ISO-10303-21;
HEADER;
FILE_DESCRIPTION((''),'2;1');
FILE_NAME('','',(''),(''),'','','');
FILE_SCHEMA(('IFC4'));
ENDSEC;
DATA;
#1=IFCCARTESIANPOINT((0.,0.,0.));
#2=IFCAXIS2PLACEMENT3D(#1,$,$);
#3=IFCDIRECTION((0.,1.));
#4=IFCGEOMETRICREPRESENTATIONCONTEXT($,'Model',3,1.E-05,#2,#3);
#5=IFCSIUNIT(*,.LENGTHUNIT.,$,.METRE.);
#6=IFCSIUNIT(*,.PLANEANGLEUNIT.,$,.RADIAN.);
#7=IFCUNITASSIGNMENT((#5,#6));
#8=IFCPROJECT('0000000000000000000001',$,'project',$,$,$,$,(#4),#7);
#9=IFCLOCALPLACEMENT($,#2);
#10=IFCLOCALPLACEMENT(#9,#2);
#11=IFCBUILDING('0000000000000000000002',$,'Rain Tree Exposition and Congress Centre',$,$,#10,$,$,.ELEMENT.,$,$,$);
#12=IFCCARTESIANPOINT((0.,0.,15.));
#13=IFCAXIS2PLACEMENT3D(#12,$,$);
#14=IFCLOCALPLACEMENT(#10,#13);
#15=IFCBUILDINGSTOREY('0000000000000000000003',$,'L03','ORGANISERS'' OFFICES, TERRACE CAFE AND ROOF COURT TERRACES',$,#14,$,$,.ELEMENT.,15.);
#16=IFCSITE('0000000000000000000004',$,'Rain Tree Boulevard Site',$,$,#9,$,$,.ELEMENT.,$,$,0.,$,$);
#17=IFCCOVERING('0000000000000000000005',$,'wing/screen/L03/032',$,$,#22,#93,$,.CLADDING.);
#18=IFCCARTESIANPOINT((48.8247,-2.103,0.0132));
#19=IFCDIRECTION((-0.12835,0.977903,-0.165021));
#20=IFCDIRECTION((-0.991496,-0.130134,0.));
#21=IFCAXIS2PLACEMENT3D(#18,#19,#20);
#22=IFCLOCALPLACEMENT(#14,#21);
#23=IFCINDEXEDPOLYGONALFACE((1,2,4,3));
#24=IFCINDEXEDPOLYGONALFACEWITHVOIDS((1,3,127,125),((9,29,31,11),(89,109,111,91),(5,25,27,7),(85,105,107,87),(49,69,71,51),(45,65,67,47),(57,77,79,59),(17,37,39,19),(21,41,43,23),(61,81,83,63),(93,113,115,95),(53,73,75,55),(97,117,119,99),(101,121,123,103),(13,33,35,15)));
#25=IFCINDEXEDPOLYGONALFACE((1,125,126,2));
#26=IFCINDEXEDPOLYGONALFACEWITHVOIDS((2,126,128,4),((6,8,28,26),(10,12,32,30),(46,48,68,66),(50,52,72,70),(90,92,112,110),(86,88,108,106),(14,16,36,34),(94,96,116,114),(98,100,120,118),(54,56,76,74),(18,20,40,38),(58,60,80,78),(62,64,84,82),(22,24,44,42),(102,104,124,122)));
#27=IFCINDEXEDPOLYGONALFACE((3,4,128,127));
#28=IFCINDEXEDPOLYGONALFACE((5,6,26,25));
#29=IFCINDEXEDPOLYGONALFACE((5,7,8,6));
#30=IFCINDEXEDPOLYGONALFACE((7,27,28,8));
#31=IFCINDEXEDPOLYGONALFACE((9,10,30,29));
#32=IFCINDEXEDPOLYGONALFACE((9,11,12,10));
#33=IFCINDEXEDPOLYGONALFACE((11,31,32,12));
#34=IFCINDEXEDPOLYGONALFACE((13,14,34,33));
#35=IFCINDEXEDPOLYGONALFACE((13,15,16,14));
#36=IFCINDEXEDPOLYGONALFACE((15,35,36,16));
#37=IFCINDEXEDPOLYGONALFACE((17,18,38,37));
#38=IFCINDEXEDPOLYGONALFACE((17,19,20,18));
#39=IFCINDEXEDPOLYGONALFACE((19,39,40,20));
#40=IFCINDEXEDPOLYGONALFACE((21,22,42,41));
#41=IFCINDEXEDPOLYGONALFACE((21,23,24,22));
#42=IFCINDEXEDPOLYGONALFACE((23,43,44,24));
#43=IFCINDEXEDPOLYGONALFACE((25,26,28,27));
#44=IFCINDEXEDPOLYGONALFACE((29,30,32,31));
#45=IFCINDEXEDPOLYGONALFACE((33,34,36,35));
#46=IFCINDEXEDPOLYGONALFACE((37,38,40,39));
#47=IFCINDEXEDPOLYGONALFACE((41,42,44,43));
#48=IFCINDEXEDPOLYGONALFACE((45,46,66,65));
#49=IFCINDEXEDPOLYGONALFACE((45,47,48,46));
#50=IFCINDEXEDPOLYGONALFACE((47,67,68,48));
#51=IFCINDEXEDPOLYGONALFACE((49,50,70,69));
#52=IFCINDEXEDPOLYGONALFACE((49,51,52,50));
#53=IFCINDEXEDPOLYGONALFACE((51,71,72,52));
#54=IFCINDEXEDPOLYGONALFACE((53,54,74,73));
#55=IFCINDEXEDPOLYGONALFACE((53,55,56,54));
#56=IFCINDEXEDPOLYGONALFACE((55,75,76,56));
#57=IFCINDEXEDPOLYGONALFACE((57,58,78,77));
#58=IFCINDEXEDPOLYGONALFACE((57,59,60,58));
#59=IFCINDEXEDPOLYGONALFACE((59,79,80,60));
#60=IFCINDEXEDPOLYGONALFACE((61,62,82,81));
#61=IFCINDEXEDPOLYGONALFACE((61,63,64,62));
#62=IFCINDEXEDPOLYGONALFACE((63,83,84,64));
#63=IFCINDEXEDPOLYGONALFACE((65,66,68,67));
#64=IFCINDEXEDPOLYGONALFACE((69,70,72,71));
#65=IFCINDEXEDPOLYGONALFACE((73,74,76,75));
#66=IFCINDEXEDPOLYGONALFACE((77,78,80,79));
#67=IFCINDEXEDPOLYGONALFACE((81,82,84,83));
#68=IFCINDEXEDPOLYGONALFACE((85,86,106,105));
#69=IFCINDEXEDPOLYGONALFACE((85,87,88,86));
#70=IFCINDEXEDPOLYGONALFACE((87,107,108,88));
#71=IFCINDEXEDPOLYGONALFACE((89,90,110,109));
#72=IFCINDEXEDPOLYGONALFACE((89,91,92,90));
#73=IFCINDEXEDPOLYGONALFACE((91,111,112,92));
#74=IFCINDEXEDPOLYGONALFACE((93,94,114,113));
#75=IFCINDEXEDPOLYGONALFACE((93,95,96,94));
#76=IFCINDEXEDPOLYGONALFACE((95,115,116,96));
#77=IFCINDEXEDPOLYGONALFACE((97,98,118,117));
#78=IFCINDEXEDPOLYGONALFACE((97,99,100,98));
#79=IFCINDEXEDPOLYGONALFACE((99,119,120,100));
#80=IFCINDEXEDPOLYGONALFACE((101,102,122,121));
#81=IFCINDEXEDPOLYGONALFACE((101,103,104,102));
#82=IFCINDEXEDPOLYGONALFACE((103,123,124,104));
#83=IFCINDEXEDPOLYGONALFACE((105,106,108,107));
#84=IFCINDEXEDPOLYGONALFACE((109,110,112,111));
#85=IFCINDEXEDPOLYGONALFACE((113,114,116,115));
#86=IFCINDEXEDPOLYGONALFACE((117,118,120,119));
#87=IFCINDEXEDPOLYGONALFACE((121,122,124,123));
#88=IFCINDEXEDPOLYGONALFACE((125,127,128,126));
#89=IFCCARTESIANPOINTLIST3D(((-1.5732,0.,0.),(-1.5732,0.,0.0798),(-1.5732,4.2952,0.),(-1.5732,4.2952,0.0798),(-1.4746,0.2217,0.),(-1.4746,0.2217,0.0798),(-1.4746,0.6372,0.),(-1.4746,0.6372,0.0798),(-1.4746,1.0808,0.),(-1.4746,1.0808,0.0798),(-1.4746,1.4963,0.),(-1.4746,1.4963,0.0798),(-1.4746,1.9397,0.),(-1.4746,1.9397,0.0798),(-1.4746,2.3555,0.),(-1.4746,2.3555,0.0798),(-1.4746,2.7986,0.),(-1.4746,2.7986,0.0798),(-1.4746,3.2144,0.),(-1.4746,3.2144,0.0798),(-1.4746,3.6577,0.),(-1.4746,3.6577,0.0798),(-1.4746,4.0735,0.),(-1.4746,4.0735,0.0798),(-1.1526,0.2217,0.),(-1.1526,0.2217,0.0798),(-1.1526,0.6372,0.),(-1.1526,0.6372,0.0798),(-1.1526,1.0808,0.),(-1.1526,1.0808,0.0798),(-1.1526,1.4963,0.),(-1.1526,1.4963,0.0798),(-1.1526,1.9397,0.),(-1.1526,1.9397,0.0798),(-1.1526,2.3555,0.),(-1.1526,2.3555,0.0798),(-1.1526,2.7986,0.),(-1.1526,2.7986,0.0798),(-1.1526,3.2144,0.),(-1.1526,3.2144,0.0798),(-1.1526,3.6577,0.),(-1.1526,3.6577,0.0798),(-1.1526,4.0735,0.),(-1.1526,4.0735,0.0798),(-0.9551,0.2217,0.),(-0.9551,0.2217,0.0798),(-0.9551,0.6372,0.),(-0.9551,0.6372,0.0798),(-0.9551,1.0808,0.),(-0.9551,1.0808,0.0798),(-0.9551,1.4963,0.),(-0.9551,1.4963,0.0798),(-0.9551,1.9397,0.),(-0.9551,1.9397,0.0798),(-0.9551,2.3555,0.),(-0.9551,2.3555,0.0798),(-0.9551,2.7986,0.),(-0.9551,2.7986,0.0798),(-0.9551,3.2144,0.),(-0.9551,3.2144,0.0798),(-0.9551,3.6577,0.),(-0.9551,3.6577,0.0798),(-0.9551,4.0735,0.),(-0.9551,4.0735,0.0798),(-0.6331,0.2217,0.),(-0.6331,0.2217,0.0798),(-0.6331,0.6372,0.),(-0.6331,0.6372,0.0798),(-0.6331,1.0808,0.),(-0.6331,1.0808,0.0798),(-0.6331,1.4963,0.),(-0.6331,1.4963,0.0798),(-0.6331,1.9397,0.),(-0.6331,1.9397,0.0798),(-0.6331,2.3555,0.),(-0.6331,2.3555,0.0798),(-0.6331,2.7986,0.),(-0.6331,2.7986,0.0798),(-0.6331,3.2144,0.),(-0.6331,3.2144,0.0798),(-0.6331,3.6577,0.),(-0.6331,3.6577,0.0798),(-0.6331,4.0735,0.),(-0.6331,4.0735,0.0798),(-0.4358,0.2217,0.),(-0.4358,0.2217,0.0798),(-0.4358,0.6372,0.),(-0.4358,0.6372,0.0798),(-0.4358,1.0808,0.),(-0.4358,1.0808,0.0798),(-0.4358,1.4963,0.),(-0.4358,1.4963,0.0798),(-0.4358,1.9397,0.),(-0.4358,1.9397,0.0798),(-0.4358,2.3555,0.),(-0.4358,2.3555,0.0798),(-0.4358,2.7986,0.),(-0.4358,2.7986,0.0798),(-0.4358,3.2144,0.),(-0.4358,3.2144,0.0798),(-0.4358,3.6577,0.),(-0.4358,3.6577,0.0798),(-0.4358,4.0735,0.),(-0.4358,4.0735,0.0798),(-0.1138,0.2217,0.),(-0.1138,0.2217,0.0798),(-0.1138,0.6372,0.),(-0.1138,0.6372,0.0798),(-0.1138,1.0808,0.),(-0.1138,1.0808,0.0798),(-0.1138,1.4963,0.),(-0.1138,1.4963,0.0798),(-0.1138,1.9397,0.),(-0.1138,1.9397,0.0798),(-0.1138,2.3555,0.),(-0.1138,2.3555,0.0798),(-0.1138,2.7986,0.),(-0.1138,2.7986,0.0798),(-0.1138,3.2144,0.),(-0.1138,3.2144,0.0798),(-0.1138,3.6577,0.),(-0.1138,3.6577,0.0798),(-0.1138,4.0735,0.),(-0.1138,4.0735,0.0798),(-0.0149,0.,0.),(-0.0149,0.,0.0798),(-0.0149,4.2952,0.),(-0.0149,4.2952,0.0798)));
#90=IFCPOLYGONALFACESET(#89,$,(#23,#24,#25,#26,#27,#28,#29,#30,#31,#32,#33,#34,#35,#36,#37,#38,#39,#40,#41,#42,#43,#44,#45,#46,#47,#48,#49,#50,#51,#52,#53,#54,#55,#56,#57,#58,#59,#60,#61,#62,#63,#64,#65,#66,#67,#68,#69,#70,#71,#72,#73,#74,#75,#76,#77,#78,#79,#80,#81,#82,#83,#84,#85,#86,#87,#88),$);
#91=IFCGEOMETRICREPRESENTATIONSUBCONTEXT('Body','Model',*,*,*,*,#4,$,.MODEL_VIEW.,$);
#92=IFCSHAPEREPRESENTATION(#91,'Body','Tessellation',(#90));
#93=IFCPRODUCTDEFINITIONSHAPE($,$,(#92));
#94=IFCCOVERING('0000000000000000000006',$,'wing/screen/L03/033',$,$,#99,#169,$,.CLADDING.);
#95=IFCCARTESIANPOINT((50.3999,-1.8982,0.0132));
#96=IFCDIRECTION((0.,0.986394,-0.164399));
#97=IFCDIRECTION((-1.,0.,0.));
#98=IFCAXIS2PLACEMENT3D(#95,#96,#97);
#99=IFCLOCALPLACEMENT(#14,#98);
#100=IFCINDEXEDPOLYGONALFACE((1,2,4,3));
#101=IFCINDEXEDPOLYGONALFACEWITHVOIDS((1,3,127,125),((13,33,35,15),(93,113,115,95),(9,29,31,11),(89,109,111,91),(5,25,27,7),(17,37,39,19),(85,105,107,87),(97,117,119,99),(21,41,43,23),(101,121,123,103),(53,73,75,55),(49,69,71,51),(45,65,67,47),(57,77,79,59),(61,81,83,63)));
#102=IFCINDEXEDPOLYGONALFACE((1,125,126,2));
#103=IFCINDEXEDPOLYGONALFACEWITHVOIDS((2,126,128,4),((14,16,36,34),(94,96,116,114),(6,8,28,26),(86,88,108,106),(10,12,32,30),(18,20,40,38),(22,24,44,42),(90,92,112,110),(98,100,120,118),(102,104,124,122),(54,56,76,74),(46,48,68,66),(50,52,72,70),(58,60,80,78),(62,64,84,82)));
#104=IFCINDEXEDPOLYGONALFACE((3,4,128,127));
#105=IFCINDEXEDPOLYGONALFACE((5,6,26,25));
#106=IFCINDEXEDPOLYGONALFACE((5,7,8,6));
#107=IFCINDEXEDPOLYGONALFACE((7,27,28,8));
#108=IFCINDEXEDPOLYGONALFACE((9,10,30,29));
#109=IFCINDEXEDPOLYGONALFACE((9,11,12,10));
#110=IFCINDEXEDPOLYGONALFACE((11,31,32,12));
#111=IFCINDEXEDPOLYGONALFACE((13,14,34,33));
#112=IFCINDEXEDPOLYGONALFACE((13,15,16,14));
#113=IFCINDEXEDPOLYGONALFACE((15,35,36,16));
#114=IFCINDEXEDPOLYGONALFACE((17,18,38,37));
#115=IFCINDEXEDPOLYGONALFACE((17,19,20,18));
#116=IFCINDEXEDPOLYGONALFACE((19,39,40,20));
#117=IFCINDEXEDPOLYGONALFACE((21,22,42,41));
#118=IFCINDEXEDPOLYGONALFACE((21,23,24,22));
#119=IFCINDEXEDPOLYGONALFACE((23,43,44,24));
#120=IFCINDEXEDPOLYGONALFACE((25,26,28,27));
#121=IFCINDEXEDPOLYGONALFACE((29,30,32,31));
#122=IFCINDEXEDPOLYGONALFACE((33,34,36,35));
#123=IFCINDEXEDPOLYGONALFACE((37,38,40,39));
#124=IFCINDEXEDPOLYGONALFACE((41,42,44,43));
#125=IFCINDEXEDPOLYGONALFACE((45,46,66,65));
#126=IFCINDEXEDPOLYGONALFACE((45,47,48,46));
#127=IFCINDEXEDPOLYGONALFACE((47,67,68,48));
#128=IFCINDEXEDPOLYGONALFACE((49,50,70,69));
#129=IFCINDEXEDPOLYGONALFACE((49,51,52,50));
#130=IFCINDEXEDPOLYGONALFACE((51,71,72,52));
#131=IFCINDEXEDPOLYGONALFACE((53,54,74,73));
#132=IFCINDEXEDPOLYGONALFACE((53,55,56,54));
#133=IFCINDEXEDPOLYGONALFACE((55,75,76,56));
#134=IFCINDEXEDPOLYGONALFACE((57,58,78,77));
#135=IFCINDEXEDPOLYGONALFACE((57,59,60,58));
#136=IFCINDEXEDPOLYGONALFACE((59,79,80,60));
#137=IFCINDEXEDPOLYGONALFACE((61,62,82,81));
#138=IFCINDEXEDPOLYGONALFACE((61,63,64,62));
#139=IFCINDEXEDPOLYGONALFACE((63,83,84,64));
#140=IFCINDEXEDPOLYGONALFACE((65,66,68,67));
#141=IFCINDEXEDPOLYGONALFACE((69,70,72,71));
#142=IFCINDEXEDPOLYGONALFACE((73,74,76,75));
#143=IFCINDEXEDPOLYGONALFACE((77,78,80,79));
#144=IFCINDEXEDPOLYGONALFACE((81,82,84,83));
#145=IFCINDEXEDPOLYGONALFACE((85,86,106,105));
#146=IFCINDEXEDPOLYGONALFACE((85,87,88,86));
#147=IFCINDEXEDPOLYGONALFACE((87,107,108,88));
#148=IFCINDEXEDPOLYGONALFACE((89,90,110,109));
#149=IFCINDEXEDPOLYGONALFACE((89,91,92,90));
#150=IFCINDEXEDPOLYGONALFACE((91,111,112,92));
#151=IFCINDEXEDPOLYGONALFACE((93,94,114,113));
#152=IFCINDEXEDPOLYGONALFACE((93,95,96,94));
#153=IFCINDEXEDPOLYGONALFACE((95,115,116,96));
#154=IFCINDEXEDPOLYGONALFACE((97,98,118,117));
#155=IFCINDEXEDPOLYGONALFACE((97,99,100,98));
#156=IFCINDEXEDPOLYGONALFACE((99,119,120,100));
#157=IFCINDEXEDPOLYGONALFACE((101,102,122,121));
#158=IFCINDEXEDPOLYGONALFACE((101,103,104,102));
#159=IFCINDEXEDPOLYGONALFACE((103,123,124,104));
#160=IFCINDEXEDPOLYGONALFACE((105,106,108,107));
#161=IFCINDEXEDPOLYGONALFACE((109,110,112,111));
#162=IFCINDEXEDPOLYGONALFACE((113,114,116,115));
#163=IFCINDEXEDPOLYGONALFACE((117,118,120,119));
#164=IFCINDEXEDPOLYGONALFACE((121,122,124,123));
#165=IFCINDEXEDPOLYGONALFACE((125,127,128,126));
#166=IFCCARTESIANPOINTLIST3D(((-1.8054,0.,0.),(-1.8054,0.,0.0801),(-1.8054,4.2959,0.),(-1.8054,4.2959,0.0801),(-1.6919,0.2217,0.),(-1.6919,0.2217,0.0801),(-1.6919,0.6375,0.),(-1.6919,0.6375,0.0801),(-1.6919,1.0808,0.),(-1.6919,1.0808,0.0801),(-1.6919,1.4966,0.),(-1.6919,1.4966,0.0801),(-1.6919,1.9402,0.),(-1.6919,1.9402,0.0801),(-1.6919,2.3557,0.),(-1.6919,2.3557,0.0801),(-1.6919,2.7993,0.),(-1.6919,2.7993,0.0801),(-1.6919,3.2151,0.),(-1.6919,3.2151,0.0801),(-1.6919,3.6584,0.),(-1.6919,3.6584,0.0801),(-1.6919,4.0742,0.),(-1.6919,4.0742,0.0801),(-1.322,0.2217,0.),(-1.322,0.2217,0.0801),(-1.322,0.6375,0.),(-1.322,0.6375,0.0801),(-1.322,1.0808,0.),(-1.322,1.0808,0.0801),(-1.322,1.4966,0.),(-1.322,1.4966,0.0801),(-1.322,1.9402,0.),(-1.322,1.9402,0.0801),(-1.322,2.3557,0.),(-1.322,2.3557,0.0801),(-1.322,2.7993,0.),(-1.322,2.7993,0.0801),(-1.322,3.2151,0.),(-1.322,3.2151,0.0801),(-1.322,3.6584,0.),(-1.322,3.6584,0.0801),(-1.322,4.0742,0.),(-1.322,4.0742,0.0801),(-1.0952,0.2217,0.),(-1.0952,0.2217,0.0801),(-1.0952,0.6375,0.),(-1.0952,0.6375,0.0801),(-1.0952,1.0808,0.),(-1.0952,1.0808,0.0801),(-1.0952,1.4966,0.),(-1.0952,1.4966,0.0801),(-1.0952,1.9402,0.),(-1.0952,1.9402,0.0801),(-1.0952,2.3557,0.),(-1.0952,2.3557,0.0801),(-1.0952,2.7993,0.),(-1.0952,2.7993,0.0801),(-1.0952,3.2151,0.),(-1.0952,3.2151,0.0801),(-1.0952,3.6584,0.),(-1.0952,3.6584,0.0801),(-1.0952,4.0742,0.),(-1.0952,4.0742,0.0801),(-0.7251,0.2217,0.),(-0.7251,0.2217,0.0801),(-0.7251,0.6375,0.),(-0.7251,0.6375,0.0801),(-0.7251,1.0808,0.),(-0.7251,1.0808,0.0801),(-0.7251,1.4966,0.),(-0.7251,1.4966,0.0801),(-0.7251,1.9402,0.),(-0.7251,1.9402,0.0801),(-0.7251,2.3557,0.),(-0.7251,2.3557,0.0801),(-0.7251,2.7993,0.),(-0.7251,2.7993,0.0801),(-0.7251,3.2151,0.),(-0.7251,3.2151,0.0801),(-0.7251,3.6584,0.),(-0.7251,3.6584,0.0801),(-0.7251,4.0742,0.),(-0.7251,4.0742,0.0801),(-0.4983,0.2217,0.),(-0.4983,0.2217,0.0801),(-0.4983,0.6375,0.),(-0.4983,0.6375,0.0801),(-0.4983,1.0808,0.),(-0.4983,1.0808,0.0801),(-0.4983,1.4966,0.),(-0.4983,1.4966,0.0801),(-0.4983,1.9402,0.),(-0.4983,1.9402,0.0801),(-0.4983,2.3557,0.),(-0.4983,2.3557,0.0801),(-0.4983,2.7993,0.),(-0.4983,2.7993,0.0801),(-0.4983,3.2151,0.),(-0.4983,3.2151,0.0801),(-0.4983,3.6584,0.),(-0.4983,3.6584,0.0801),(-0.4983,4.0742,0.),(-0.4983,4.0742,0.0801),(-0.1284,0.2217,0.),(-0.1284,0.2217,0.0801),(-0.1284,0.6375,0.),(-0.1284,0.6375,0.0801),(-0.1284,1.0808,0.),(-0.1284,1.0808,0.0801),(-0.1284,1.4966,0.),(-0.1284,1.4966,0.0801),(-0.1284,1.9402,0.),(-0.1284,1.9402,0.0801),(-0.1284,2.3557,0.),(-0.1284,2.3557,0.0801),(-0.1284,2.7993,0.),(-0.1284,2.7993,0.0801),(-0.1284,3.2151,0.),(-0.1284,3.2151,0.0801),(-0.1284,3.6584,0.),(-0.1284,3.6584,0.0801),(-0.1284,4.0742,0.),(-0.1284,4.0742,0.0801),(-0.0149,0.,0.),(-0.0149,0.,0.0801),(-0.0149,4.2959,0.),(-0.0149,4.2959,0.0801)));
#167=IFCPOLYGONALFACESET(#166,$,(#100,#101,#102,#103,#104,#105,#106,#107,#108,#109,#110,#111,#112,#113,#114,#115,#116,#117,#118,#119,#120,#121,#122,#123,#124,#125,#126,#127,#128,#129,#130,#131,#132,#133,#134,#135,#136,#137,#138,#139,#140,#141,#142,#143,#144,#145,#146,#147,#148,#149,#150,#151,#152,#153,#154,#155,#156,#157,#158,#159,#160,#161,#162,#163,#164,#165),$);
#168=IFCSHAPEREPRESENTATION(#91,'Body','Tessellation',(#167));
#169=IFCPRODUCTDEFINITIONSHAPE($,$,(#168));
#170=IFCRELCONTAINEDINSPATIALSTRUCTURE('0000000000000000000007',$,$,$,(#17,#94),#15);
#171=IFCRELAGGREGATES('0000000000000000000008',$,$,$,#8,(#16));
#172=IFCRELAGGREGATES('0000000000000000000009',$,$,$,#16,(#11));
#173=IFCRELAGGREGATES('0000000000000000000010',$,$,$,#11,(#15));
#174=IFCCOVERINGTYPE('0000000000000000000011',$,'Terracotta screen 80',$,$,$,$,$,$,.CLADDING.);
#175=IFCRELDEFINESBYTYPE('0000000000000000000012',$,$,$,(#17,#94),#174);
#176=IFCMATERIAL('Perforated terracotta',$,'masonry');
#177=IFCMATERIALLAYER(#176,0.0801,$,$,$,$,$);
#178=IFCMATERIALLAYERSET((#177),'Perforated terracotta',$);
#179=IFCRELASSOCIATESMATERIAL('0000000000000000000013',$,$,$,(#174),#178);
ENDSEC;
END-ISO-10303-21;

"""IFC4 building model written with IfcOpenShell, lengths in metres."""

from ifc_helpers import new_model, si_unit, direction, frame, origin, place, context, subcontext, project, spatial, polyline, outline, extrude, material, layer, layer_set, type_object, element, save


model = new_model("IFC4")

# Units and contexts
model_context = context("Model", 3, precision=1e-05, world=origin(), true_north=direction((0.0, 1.0)))
body_context = subcontext(model_context, "Body", "Model", "MODEL_VIEW")
ifc_project = project(units=[si_unit("LENGTHUNIT", "METRE"), si_unit("PLANEANGLEUNIT", "RADIAN")], contexts=[model_context])

# Site, building, storey
site_placement = place(None, origin())
site = spatial("IfcSite", under=ifc_project, at=site_placement, Name="Rain Tree Boulevard Site", CompositionType="ELEMENT", RefElevation=0.0)
building_placement = place(site_placement, origin())
building = spatial("IfcBuilding", under=site, at=building_placement, Name="Rain Tree Exposition and Congress Centre", CompositionType="ELEMENT")
storey_placement = place(building_placement, frame((0.0, 0.0, 15.0)))
storey = spatial("IfcBuildingStorey", under=building, at=storey_placement, Name="L03", Description="ORGANISERS' OFFICES, TERRACE CAFE AND ROOF COURT TERRACES", CompositionType="ELEMENT", Elevation=15.0)

# Coverings
ifc_material_1 = material(Name="Perforated terracotta", Category="masonry")
ifc_layer_1 = layer(ifc_material_1, 0.0801)
ifc_layer_set_1 = layer_set([ifc_layer_1], Name="Perforated terracotta")
covering_type = type_object("IfcCoveringType", Name="Terracotta screen 80", PredefinedType="CLADDING", material=ifc_layer_set_1)
covering_1_placement = place(storey_placement, frame((48.8247, -2.103, 0.0132), z_axis=(-0.12835, 0.977903, -0.165021), x_axis=(-0.991496, -0.130134, 0.0)))
element("IfcCovering", 1, at=covering_1_placement, inside=storey, type_object=covering_type, Name="wing/screen/L03/032", PredefinedType="CLADDING", context=body_context, shape_type="SweptSolid", body=[
    extrude(outline(polyline([(-1.5732, 0.0), (-1.5732, 4.2952), (-0.0149, 4.2952), (-0.0149, 0.0), (-1.5732, 0.0)]), holes=[polyline([(-0.1138, 0.2217), (-0.1138, 0.6372), (-0.4358, 0.6372), (-0.4358, 0.2217), (-0.1138, 0.2217)]), polyline([(-0.1138, 1.0808), (-0.1138, 1.4963), (-0.4358, 1.4963), (-0.4358, 1.0808), (-0.1138, 1.0808)]), polyline([(-0.1138, 1.9397), (-0.1138, 2.3555), (-0.4358, 2.3555), (-0.4358, 1.9397), (-0.1138, 1.9397)]), polyline([(-0.1138, 2.7986), (-0.1138, 3.2144), (-0.4358, 3.2144), (-0.4358, 2.7986), (-0.1138, 2.7986)]), polyline([(-0.1138, 3.6577), (-0.1138, 4.0735), (-0.4358, 4.0735), (-0.4358, 3.6577), (-0.1138, 3.6577)]), polyline([(-0.6331, 0.2217), (-0.6331, 0.6372), (-0.9551, 0.6372), (-0.9551, 0.2217), (-0.6331, 0.2217)]), polyline([(-0.6331, 1.0808), (-0.6331, 1.4963), (-0.9551, 1.4963), (-0.9551, 1.0808), (-0.6331, 1.0808)]), polyline([(-0.6331, 1.9397), (-0.6331, 2.3555), (-0.9551, 2.3555), (-0.9551, 1.9397), (-0.6331, 1.9397)]), polyline([(-0.6331, 2.7986), (-0.6331, 3.2144), (-0.9551, 3.2144), (-0.9551, 2.7986), (-0.6331, 2.7986)]), polyline([(-0.6331, 3.6577), (-0.6331, 4.0735), (-0.9551, 4.0735), (-0.9551, 3.6577), (-0.6331, 3.6577)]), polyline([(-1.1526, 0.2217), (-1.1526, 0.6372), (-1.4746, 0.6372), (-1.4746, 0.2217), (-1.1526, 0.2217)]), polyline([(-1.1526, 1.0808), (-1.1526, 1.4963), (-1.4746, 1.4963), (-1.4746, 1.0808), (-1.1526, 1.0808)]), polyline([(-1.1526, 1.9397), (-1.1526, 2.3555), (-1.4746, 2.3555), (-1.4746, 1.9397), (-1.1526, 1.9397)]), polyline([(-1.1526, 2.7986), (-1.1526, 3.2144), (-1.4746, 3.2144), (-1.4746, 2.7986), (-1.1526, 2.7986)]), polyline([(-1.1526, 3.6577), (-1.1526, 4.0735), (-1.4746, 4.0735), (-1.4746, 3.6577), (-1.1526, 3.6577)])]), origin(), (0.0, 0.0, 1.0), 0.0798),
])
covering_2_placement = place(storey_placement, frame((50.3999, -1.8982, 0.0132), z_axis=(0.0, 0.986394, -0.164399), x_axis=(-1.0, 0.0, 0.0)))
element("IfcCovering", 2, at=covering_2_placement, inside=storey, type_object=covering_type, Name="wing/screen/L03/033", PredefinedType="CLADDING", context=body_context, shape_type="SweptSolid", body=[
    extrude(outline(polyline([(-1.8054, 0.0), (-1.8054, 4.2959), (-0.0149, 4.2959), (-0.0149, 0.0), (-1.8054, 0.0)]), holes=[polyline([(-0.1284, 0.2217), (-0.1284, 0.6375), (-0.4983, 0.6375), (-0.4983, 0.2217), (-0.1284, 0.2217)]), polyline([(-0.1284, 1.0808), (-0.1284, 1.4966), (-0.4983, 1.4966), (-0.4983, 1.0808), (-0.1284, 1.0808)]), polyline([(-0.1284, 1.9402), (-0.1284, 2.3557), (-0.4983, 2.3557), (-0.4983, 1.9402), (-0.1284, 1.9402)]), polyline([(-0.1284, 2.7993), (-0.1284, 3.2151), (-0.4983, 3.2151), (-0.4983, 2.7993), (-0.1284, 2.7993)]), polyline([(-0.1284, 3.6584), (-0.1284, 4.0742), (-0.4983, 4.0742), (-0.4983, 3.6584), (-0.1284, 3.6584)]), polyline([(-0.7251, 0.2217), (-0.7251, 0.6375), (-1.0952, 0.6375), (-1.0952, 0.2217), (-0.7251, 0.2217)]), polyline([(-0.7251, 1.0808), (-0.7251, 1.4966), (-1.0952, 1.4966), (-1.0952, 1.0808), (-0.7251, 1.0808)]), polyline([(-0.7251, 1.9402), (-0.7251, 2.3557), (-1.0952, 2.3557), (-1.0952, 1.9402), (-0.7251, 1.9402)]), polyline([(-0.7251, 2.7993), (-0.7251, 3.2151), (-1.0952, 3.2151), (-1.0952, 2.7993), (-0.7251, 2.7993)]), polyline([(-0.7251, 3.6584), (-0.7251, 4.0742), (-1.0952, 4.0742), (-1.0952, 3.6584), (-0.7251, 3.6584)]), polyline([(-1.322, 0.2217), (-1.322, 0.6375), (-1.6919, 0.6375), (-1.6919, 0.2217), (-1.322, 0.2217)]), polyline([(-1.322, 1.0808), (-1.322, 1.4966), (-1.6919, 1.4966), (-1.6919, 1.0808), (-1.322, 1.0808)]), polyline([(-1.322, 1.9402), (-1.322, 2.3557), (-1.6919, 2.3557), (-1.6919, 1.9402), (-1.322, 1.9402)]), polyline([(-1.322, 2.7993), (-1.322, 3.2151), (-1.6919, 3.2151), (-1.6919, 2.7993), (-1.322, 2.7993)]), polyline([(-1.322, 3.6584), (-1.322, 4.0742), (-1.6919, 4.0742), (-1.6919, 3.6584), (-1.322, 3.6584)])]), origin(), (0.0, 0.0, 1.0), 0.0801),
])

save(model, "model.ifc")
